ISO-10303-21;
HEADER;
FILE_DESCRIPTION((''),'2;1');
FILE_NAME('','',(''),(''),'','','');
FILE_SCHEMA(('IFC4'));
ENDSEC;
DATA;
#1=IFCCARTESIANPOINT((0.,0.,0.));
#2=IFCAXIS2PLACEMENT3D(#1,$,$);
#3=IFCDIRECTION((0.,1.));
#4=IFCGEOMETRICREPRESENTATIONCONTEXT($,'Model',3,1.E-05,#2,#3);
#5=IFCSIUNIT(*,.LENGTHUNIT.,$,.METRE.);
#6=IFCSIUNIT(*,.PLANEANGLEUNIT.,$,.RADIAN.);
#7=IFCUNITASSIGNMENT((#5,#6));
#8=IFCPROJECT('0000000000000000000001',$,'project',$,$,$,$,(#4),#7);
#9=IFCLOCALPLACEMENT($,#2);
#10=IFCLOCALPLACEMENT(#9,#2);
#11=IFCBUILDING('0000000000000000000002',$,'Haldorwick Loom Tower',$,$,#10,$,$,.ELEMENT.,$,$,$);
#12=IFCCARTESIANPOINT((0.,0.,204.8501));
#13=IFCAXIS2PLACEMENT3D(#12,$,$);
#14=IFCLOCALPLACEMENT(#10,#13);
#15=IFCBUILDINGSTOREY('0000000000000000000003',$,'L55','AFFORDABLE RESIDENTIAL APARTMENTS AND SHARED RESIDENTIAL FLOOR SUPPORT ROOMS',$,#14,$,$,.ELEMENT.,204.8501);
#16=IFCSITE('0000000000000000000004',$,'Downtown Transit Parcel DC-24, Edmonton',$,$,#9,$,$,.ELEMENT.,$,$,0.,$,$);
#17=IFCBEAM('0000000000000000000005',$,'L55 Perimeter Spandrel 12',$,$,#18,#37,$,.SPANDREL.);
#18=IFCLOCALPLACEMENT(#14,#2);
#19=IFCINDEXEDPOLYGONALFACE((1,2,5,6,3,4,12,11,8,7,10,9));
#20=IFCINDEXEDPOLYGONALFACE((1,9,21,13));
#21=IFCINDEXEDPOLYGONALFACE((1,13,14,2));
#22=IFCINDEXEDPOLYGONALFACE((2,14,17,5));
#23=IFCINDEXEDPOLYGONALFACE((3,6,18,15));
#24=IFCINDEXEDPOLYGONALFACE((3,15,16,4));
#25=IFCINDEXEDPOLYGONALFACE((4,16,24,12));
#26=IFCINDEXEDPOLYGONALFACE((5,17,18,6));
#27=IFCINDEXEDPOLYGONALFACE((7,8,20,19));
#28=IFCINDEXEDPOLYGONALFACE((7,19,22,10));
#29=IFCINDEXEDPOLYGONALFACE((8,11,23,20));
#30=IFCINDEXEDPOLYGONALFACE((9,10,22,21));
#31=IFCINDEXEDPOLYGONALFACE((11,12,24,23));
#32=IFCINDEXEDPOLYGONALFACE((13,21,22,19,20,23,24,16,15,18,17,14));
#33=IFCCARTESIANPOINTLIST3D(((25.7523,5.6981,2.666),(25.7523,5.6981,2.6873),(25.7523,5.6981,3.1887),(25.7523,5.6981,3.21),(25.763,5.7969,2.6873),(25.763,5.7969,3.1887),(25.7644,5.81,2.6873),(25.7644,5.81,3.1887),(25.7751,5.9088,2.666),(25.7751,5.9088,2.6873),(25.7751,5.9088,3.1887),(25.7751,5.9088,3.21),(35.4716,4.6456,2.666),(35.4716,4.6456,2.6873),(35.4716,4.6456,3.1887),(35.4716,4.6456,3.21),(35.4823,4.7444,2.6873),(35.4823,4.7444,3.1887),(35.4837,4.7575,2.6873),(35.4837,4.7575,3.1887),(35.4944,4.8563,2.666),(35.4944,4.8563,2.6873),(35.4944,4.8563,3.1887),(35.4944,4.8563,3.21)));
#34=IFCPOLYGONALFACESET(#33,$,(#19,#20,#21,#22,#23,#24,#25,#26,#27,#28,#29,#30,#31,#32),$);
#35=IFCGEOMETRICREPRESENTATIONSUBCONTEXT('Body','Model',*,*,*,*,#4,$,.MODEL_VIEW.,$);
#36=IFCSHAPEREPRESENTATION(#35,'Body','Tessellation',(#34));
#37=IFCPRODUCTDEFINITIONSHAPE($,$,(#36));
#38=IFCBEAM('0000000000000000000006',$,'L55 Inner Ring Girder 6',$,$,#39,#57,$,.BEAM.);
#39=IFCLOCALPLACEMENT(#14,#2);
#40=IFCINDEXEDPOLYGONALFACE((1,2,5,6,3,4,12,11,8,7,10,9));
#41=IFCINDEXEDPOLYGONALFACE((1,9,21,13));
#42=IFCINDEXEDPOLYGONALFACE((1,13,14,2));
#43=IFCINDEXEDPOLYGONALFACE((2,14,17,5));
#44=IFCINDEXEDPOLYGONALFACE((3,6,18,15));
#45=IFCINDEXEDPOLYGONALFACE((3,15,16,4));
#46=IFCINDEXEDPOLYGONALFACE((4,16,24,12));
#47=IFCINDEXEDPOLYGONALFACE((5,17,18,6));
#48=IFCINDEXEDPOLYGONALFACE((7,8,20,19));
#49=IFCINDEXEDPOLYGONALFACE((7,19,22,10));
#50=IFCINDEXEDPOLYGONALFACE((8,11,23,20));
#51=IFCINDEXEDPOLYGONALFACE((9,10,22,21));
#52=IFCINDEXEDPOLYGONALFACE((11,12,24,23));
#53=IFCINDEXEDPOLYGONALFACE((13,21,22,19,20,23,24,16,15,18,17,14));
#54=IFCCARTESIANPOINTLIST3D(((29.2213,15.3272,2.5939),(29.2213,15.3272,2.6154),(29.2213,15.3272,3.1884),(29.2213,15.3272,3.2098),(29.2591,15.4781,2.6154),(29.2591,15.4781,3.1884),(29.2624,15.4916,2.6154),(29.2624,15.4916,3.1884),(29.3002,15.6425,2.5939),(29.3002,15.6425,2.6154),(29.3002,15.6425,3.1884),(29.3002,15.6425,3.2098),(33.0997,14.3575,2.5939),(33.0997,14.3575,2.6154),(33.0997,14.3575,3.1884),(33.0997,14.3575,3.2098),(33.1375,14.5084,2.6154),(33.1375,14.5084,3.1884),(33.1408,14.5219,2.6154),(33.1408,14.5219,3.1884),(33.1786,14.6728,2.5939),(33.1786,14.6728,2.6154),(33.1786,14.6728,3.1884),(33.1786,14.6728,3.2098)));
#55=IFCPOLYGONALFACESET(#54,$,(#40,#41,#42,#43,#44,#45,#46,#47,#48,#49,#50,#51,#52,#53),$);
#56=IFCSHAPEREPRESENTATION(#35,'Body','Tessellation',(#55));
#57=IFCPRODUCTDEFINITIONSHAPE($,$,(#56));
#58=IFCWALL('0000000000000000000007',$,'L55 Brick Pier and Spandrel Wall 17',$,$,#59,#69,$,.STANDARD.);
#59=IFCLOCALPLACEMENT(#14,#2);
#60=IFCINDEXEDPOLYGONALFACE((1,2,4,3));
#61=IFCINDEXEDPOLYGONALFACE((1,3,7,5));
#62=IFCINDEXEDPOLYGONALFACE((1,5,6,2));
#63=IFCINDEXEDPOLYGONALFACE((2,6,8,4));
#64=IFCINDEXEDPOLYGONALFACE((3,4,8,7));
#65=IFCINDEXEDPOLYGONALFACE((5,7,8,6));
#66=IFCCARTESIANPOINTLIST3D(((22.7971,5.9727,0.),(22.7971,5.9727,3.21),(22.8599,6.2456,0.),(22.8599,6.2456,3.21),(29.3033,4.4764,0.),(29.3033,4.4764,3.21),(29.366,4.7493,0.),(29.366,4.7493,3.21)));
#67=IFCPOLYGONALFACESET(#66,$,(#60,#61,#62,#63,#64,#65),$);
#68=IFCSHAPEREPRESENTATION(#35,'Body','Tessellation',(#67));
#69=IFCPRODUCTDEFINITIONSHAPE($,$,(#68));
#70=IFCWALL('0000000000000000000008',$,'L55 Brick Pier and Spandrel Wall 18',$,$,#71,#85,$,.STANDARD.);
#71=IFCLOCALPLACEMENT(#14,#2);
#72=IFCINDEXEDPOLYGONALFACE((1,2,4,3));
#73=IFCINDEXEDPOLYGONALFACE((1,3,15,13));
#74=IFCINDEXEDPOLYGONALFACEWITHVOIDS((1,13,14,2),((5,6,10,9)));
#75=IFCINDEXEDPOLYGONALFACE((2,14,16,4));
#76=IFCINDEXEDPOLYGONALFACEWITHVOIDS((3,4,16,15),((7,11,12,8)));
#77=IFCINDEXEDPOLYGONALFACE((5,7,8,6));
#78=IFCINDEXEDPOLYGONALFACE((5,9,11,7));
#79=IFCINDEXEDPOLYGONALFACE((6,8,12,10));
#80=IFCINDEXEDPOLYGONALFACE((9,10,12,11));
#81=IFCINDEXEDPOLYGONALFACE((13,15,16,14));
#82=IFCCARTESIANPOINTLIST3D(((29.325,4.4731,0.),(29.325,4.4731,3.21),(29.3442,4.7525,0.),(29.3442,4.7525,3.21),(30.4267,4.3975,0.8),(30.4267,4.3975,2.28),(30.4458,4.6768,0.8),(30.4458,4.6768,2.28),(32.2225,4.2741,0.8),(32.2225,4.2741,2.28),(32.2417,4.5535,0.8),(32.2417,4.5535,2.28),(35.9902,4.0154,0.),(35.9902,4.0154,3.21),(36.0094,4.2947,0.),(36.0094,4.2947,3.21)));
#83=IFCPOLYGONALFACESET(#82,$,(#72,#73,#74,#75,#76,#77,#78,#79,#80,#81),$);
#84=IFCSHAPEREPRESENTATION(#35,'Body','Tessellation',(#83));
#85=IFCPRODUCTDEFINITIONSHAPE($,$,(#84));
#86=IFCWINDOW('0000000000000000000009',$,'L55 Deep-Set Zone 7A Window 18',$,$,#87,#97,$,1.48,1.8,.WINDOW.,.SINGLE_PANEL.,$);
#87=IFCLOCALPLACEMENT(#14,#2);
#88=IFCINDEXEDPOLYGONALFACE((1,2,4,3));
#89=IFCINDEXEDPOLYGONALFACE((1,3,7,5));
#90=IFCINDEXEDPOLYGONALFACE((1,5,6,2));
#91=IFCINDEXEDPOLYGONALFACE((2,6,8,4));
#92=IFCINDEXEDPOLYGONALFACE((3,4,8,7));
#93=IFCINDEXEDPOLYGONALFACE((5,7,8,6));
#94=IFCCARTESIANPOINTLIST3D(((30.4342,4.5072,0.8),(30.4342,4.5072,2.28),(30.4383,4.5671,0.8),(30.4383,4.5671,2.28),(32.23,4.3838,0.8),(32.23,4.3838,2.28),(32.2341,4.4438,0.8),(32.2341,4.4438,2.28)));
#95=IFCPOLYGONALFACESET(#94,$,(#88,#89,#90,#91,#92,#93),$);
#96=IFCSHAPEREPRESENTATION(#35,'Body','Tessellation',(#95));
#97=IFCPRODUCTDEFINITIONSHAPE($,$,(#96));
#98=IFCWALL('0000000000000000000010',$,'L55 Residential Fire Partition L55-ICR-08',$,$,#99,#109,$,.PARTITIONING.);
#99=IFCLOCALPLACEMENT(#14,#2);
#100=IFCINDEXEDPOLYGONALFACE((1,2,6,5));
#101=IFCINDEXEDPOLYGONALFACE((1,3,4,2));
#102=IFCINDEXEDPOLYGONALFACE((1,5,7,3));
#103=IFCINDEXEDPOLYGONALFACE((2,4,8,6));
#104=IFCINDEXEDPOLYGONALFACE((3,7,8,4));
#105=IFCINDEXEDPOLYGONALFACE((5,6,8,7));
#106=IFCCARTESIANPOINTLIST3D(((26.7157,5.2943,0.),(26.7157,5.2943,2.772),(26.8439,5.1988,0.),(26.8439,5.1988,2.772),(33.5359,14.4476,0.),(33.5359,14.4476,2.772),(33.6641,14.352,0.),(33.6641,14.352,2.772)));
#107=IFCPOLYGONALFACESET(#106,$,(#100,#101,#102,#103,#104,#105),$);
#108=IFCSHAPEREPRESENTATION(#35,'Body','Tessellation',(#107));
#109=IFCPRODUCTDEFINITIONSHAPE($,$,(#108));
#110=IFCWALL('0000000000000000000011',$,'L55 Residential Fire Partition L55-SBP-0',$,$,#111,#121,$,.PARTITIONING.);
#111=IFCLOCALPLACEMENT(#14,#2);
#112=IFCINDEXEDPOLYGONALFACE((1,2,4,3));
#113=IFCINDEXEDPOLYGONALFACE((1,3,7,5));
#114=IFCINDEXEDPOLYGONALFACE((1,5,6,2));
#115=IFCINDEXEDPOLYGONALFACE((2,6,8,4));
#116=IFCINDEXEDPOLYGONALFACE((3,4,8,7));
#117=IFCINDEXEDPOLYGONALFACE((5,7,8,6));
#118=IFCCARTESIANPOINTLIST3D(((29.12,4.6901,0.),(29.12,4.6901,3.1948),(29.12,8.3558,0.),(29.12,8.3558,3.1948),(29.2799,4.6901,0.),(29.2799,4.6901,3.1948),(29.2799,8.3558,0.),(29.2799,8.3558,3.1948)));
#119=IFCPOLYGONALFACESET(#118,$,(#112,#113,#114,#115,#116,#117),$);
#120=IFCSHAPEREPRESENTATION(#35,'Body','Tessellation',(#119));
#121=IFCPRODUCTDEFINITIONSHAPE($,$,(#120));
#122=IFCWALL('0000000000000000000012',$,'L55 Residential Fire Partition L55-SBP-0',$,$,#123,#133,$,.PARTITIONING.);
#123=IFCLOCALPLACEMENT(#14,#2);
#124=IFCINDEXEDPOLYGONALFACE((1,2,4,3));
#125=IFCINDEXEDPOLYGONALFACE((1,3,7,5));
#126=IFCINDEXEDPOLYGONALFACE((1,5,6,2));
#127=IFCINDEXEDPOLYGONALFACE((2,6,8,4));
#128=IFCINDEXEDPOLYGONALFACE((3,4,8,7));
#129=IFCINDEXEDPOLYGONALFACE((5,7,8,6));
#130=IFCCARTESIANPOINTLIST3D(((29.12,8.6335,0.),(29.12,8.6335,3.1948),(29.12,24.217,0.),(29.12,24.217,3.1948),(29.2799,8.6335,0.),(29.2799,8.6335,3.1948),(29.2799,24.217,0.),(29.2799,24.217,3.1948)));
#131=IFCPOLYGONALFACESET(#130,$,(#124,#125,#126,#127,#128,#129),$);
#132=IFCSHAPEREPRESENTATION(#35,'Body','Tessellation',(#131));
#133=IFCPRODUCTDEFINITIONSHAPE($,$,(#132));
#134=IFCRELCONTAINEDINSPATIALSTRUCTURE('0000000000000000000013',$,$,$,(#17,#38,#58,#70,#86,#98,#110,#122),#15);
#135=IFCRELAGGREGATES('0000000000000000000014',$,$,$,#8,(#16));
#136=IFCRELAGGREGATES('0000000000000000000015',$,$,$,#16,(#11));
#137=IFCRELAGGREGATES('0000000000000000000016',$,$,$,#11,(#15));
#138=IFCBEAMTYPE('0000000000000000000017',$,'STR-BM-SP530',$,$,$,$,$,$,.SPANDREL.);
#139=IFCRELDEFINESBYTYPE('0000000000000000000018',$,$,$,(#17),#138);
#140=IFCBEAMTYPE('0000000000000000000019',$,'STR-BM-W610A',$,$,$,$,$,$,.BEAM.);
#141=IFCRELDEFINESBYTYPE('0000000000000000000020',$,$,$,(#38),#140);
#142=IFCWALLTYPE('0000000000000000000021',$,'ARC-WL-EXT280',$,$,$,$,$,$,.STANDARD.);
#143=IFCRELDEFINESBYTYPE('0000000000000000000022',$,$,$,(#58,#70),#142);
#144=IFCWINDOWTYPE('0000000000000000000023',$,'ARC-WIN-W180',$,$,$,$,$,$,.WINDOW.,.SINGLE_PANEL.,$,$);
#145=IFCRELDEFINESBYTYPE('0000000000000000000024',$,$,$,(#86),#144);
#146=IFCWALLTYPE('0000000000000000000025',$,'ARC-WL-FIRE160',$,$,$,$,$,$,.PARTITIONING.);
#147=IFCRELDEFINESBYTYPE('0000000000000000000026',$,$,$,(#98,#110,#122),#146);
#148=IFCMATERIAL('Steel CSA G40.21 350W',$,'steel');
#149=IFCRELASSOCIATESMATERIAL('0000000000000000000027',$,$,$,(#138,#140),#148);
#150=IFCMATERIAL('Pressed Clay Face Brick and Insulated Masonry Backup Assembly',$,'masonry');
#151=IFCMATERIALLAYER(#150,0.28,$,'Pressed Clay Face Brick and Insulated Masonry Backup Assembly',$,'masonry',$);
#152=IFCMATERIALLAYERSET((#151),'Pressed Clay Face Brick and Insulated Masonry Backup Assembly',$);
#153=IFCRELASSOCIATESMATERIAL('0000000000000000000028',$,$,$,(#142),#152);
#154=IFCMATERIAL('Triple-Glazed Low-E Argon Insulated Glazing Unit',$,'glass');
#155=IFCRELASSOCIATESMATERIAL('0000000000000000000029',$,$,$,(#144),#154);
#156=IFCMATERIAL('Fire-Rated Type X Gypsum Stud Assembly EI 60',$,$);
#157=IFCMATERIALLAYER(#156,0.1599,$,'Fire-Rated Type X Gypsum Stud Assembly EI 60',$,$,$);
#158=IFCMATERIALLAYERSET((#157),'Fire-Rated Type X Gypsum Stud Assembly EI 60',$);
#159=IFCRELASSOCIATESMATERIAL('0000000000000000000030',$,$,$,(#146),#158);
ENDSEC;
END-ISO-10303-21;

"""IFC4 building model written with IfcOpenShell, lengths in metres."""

from ifc_helpers import new_model, si_unit, direction, frame, frame_2d, origin, origin_2d, place, context, subcontext, project, spatial, rectangle, i_section, extrude, material, layer, layer_set, material_profile, profile_set, type_object, element, fill, save


model = new_model("IFC4")

# Units and contexts
model_context = context("Model", 3, precision=1e-05, world=origin(), true_north=direction((0.0, 1.0)))
body_context = subcontext(model_context, "Body", "Model", "MODEL_VIEW")
ifc_project = project(units=[si_unit("LENGTHUNIT", "METRE"), si_unit("PLANEANGLEUNIT", "RADIAN")], contexts=[model_context])

# Site, building, storey
site_placement = place(None, origin())
site = spatial("IfcSite", under=ifc_project, at=site_placement, Name="Downtown Transit Parcel DC-24, Edmonton", CompositionType="ELEMENT", RefElevation=0.0)
building_placement = place(site_placement, origin())
building = spatial("IfcBuilding", under=site, at=building_placement, Name="Haldorwick Loom Tower", CompositionType="ELEMENT")
storey_placement = place(building_placement, frame((0.0, 0.0, 204.8501)))
storey = spatial("IfcBuildingStorey", under=building, at=storey_placement, Name="L55", Description="AFFORDABLE RESIDENTIAL APARTMENTS AND SHARED RESIDENTIAL FLOOR SUPPORT ROOMS", CompositionType="ELEMENT", Elevation=204.8501)

# Beams
ifc_material_1 = material(Name="Steel CSA G40.21 350W", Category="steel")
ifc_material_profile_1 = material_profile(ifc_material_1, i_section(OverallWidth=0.2119, OverallDepth=0.5439, WebThickness=0.0132, FlangeThickness=0.0212, at=origin_2d()), Name="W530X123", Category="steel")
ifc_profile_set_1 = profile_set([ifc_material_profile_1], Name="Steel CSA G40.21 350W")
beam_type_1 = type_object("IfcBeamType", Name="STR-BM-SP530", PredefinedType="SPANDREL", material=ifc_profile_set_1)
beam_1_placement = place(storey_placement, frame((25.7637, 5.8035, 2.938), z_axis=(0.994188, -0.10766, 0.0), x_axis=(0.10766, 0.994188, 0.0)))
element("IfcBeam", 1, at=beam_1_placement, inside=storey, type_object=beam_type_1, Name="L55 Perimeter Spandrel 12", PredefinedType="SPANDREL", context=body_context, shape_type="SweptSolid", body=[
    extrude(i_section(OverallWidth=0.2119, OverallDepth=0.5439, WebThickness=0.0132, FlangeThickness=0.0212, at=origin_2d()), origin(), (0.0, 0.0, 1.0), 9.7761),
])
ifc_material_profile_2 = material_profile(ifc_material_1, i_section(OverallWidth=0.325, OverallDepth=0.616, WebThickness=0.0139, FlangeThickness=0.0215, at=origin_2d()), Name="W610X174", Category="steel")
ifc_profile_set_2 = profile_set([ifc_material_profile_2], Name="Steel CSA G40.21 350W")
beam_type_2 = type_object("IfcBeamType", Name="STR-BM-W610A", PredefinedType="BEAM", material=ifc_profile_set_2)
beam_2_placement = place(storey_placement, frame((33.1392, 14.5151, 2.9019), z_axis=(-0.970135, 0.242564, 0.0), x_axis=(-0.242564, -0.970135, 0.0)))
element("IfcBeam", 2, at=beam_2_placement, inside=storey, type_object=beam_type_2, Name="L55 Inner Ring Girder 6", PredefinedType="BEAM", context=body_context, shape_type="SweptSolid", body=[
    extrude(i_section(OverallWidth=0.325, OverallDepth=0.616, WebThickness=0.0139, FlangeThickness=0.0215, at=origin_2d()), origin(), (0.0, 0.0, 1.0), 3.9978),
])

# Wall
ifc_material_2 = material(Name="Pressed Clay Face Brick and Insulated Masonry Backup Assembly", Category="masonry")
ifc_layer_1 = layer(ifc_material_2, 0.28, Name="Pressed Clay Face Brick and Insulated Masonry Backup Assembly", Category="masonry")
ifc_layer_set_1 = layer_set([ifc_layer_1], Name="Pressed Clay Face Brick and Insulated Masonry Backup Assembly")
wall_type_1 = type_object("IfcWallType", Name="ARC-WL-EXT280", PredefinedType="STANDARD", material=ifc_layer_set_1)
wall_1_placement = place(storey_placement, frame((22.8286, 6.1091, 0.0), z_axis=(0.0, 0.0, 1.0), x_axis=(0.974557, -0.224138, 0.0)))
element("IfcWall", 3, at=wall_1_placement, inside=storey, type_object=wall_type_1, Name="L55 Brick Pier and Spandrel Wall 17", PredefinedType="STANDARD", context=body_context, shape_type="SweptSolid", body=[
    extrude(rectangle(XDim=6.676, YDim=0.28, at=frame_2d((3.3379, 0.0))), origin(), (0.0, 0.0, 1.0), 3.21),
])

# Wall, opening, window
wall_2_placement = place(storey_placement, frame((29.3347, 4.6128, 0.0), z_axis=(0.0, 0.0, 1.0), x_axis=(0.99765, -0.068517, 0.0)))
wall_2 = element("IfcWall", 4, at=wall_2_placement, inside=storey, type_object=wall_type_1, Name="L55 Brick Pier and Spandrel Wall 18", PredefinedType="STANDARD", context=body_context, shape_type="SweptSolid", body=[
    extrude(rectangle(XDim=6.6809, YDim=0.28, at=frame_2d((3.3403, 0.0))), origin(), (0.0, 0.0, 1.0), 3.21),
])
opening_placement = place(wall_2_placement, frame((1.1042, 0.0, 0.8)))
opening = element("IfcOpeningElement", 5, at=opening_placement, cuts=wall_2, PredefinedType="OPENING", context=body_context, shape_type="SweptSolid", body=[
    extrude(rectangle(XDim=1.8, YDim=1.48, at=frame_2d((0.8999, 0.74))), frame((0.0, 0.1499, 0.0), z_axis=(0.0, -1.0, 0.0), x_axis=(1.0, 0.0, 0.0)), (0.0, 0.0, 1.0), 0.3),
])
ifc_material_3 = material(Name="Triple-Glazed Low-E Argon Insulated Glazing Unit", Category="glass")
window_type = type_object("IfcWindowType", Name="ARC-WIN-W180", PartitioningType="SINGLE_PANEL", PredefinedType="WINDOW", material=ifc_material_3)
window_placement = place(opening_placement, origin())
window = element("IfcWindow", 6, at=window_placement, inside=storey, type_object=window_type, Name="L55 Deep-Set Zone 7A Window 18", OverallHeight=1.48, OverallWidth=1.8, PartitioningType="SINGLE_PANEL", PredefinedType="WINDOW", context=body_context, shape_type="SweptSolid", body=[
    extrude(rectangle(XDim=1.8, YDim=1.48, at=frame_2d((0.8999, 0.74))), frame((0.0, 0.03, 0.0), z_axis=(0.0, -1.0, 0.0), x_axis=(1.0, 0.0, 0.0)), (0.0, 0.0, 1.0), 0.0601),
])
fill(opening, window)

# Walls
ifc_material_4 = material(Name="Fire-Rated Type X Gypsum Stud Assembly EI 60")
ifc_layer_2 = layer(ifc_material_4, 0.1599, Name="Fire-Rated Type X Gypsum Stud Assembly EI 60")
ifc_layer_set_2 = layer_set([ifc_layer_2], Name="Fire-Rated Type X Gypsum Stud Assembly EI 60")
wall_type_2 = type_object("IfcWallType", Name="ARC-WL-FIRE160", PredefinedType="PARTITIONING", material=ifc_layer_set_2)
wall_3_placement = place(storey_placement, frame((33.6001, 14.3999, 0.0), z_axis=(0.0, 0.0, 1.0), x_axis=(-0.597492, -0.801875, 0.0)))
element("IfcWall", 7, at=wall_3_placement, inside=storey, type_object=wall_type_2, Name="L55 Residential Fire Partition L55-ICR-08", PredefinedType="PARTITIONING", context=body_context, shape_type="SweptSolid", body=[
    extrude(rectangle(XDim=11.4148, YDim=0.1599, at=frame_2d((5.7075, 0.0))), origin(), (0.0, 0.0, 1.0), 2.772),
])
wall_4_placement = place(storey_placement, frame((29.2, 4.6899, 0.0), z_axis=(0.0, 0.0, 1.0), x_axis=(0.0, 1.0, 0.0)))
element("IfcWall", 8, at=wall_4_placement, inside=storey, type_object=wall_type_2, Name="L55 Residential Fire Partition L55-SBP-0", PredefinedType="PARTITIONING", context=body_context, shape_type="SweptSolid", body=[
    extrude(rectangle(XDim=3.6658, YDim=0.1599, at=frame_2d((1.833, 0.0))), origin(), (0.0, 0.0, 1.0), 3.1948),
])
wall_5_placement = place(storey_placement, frame((29.2, 8.6335, 0.0), z_axis=(0.0, 0.0, 1.0), x_axis=(0.0, 1.0, 0.0)))
element("IfcWall", 9, at=wall_5_placement, inside=storey, type_object=wall_type_2, Name="L55 Residential Fire Partition L55-SBP-0", PredefinedType="PARTITIONING", context=body_context, shape_type="SweptSolid", body=[
    extrude(rectangle(XDim=15.5835, YDim=0.1599, at=frame_2d((7.7917, 0.0))), origin(), (0.0, 0.0, 1.0), 3.1948),
])

save(model, "model.ifc")
